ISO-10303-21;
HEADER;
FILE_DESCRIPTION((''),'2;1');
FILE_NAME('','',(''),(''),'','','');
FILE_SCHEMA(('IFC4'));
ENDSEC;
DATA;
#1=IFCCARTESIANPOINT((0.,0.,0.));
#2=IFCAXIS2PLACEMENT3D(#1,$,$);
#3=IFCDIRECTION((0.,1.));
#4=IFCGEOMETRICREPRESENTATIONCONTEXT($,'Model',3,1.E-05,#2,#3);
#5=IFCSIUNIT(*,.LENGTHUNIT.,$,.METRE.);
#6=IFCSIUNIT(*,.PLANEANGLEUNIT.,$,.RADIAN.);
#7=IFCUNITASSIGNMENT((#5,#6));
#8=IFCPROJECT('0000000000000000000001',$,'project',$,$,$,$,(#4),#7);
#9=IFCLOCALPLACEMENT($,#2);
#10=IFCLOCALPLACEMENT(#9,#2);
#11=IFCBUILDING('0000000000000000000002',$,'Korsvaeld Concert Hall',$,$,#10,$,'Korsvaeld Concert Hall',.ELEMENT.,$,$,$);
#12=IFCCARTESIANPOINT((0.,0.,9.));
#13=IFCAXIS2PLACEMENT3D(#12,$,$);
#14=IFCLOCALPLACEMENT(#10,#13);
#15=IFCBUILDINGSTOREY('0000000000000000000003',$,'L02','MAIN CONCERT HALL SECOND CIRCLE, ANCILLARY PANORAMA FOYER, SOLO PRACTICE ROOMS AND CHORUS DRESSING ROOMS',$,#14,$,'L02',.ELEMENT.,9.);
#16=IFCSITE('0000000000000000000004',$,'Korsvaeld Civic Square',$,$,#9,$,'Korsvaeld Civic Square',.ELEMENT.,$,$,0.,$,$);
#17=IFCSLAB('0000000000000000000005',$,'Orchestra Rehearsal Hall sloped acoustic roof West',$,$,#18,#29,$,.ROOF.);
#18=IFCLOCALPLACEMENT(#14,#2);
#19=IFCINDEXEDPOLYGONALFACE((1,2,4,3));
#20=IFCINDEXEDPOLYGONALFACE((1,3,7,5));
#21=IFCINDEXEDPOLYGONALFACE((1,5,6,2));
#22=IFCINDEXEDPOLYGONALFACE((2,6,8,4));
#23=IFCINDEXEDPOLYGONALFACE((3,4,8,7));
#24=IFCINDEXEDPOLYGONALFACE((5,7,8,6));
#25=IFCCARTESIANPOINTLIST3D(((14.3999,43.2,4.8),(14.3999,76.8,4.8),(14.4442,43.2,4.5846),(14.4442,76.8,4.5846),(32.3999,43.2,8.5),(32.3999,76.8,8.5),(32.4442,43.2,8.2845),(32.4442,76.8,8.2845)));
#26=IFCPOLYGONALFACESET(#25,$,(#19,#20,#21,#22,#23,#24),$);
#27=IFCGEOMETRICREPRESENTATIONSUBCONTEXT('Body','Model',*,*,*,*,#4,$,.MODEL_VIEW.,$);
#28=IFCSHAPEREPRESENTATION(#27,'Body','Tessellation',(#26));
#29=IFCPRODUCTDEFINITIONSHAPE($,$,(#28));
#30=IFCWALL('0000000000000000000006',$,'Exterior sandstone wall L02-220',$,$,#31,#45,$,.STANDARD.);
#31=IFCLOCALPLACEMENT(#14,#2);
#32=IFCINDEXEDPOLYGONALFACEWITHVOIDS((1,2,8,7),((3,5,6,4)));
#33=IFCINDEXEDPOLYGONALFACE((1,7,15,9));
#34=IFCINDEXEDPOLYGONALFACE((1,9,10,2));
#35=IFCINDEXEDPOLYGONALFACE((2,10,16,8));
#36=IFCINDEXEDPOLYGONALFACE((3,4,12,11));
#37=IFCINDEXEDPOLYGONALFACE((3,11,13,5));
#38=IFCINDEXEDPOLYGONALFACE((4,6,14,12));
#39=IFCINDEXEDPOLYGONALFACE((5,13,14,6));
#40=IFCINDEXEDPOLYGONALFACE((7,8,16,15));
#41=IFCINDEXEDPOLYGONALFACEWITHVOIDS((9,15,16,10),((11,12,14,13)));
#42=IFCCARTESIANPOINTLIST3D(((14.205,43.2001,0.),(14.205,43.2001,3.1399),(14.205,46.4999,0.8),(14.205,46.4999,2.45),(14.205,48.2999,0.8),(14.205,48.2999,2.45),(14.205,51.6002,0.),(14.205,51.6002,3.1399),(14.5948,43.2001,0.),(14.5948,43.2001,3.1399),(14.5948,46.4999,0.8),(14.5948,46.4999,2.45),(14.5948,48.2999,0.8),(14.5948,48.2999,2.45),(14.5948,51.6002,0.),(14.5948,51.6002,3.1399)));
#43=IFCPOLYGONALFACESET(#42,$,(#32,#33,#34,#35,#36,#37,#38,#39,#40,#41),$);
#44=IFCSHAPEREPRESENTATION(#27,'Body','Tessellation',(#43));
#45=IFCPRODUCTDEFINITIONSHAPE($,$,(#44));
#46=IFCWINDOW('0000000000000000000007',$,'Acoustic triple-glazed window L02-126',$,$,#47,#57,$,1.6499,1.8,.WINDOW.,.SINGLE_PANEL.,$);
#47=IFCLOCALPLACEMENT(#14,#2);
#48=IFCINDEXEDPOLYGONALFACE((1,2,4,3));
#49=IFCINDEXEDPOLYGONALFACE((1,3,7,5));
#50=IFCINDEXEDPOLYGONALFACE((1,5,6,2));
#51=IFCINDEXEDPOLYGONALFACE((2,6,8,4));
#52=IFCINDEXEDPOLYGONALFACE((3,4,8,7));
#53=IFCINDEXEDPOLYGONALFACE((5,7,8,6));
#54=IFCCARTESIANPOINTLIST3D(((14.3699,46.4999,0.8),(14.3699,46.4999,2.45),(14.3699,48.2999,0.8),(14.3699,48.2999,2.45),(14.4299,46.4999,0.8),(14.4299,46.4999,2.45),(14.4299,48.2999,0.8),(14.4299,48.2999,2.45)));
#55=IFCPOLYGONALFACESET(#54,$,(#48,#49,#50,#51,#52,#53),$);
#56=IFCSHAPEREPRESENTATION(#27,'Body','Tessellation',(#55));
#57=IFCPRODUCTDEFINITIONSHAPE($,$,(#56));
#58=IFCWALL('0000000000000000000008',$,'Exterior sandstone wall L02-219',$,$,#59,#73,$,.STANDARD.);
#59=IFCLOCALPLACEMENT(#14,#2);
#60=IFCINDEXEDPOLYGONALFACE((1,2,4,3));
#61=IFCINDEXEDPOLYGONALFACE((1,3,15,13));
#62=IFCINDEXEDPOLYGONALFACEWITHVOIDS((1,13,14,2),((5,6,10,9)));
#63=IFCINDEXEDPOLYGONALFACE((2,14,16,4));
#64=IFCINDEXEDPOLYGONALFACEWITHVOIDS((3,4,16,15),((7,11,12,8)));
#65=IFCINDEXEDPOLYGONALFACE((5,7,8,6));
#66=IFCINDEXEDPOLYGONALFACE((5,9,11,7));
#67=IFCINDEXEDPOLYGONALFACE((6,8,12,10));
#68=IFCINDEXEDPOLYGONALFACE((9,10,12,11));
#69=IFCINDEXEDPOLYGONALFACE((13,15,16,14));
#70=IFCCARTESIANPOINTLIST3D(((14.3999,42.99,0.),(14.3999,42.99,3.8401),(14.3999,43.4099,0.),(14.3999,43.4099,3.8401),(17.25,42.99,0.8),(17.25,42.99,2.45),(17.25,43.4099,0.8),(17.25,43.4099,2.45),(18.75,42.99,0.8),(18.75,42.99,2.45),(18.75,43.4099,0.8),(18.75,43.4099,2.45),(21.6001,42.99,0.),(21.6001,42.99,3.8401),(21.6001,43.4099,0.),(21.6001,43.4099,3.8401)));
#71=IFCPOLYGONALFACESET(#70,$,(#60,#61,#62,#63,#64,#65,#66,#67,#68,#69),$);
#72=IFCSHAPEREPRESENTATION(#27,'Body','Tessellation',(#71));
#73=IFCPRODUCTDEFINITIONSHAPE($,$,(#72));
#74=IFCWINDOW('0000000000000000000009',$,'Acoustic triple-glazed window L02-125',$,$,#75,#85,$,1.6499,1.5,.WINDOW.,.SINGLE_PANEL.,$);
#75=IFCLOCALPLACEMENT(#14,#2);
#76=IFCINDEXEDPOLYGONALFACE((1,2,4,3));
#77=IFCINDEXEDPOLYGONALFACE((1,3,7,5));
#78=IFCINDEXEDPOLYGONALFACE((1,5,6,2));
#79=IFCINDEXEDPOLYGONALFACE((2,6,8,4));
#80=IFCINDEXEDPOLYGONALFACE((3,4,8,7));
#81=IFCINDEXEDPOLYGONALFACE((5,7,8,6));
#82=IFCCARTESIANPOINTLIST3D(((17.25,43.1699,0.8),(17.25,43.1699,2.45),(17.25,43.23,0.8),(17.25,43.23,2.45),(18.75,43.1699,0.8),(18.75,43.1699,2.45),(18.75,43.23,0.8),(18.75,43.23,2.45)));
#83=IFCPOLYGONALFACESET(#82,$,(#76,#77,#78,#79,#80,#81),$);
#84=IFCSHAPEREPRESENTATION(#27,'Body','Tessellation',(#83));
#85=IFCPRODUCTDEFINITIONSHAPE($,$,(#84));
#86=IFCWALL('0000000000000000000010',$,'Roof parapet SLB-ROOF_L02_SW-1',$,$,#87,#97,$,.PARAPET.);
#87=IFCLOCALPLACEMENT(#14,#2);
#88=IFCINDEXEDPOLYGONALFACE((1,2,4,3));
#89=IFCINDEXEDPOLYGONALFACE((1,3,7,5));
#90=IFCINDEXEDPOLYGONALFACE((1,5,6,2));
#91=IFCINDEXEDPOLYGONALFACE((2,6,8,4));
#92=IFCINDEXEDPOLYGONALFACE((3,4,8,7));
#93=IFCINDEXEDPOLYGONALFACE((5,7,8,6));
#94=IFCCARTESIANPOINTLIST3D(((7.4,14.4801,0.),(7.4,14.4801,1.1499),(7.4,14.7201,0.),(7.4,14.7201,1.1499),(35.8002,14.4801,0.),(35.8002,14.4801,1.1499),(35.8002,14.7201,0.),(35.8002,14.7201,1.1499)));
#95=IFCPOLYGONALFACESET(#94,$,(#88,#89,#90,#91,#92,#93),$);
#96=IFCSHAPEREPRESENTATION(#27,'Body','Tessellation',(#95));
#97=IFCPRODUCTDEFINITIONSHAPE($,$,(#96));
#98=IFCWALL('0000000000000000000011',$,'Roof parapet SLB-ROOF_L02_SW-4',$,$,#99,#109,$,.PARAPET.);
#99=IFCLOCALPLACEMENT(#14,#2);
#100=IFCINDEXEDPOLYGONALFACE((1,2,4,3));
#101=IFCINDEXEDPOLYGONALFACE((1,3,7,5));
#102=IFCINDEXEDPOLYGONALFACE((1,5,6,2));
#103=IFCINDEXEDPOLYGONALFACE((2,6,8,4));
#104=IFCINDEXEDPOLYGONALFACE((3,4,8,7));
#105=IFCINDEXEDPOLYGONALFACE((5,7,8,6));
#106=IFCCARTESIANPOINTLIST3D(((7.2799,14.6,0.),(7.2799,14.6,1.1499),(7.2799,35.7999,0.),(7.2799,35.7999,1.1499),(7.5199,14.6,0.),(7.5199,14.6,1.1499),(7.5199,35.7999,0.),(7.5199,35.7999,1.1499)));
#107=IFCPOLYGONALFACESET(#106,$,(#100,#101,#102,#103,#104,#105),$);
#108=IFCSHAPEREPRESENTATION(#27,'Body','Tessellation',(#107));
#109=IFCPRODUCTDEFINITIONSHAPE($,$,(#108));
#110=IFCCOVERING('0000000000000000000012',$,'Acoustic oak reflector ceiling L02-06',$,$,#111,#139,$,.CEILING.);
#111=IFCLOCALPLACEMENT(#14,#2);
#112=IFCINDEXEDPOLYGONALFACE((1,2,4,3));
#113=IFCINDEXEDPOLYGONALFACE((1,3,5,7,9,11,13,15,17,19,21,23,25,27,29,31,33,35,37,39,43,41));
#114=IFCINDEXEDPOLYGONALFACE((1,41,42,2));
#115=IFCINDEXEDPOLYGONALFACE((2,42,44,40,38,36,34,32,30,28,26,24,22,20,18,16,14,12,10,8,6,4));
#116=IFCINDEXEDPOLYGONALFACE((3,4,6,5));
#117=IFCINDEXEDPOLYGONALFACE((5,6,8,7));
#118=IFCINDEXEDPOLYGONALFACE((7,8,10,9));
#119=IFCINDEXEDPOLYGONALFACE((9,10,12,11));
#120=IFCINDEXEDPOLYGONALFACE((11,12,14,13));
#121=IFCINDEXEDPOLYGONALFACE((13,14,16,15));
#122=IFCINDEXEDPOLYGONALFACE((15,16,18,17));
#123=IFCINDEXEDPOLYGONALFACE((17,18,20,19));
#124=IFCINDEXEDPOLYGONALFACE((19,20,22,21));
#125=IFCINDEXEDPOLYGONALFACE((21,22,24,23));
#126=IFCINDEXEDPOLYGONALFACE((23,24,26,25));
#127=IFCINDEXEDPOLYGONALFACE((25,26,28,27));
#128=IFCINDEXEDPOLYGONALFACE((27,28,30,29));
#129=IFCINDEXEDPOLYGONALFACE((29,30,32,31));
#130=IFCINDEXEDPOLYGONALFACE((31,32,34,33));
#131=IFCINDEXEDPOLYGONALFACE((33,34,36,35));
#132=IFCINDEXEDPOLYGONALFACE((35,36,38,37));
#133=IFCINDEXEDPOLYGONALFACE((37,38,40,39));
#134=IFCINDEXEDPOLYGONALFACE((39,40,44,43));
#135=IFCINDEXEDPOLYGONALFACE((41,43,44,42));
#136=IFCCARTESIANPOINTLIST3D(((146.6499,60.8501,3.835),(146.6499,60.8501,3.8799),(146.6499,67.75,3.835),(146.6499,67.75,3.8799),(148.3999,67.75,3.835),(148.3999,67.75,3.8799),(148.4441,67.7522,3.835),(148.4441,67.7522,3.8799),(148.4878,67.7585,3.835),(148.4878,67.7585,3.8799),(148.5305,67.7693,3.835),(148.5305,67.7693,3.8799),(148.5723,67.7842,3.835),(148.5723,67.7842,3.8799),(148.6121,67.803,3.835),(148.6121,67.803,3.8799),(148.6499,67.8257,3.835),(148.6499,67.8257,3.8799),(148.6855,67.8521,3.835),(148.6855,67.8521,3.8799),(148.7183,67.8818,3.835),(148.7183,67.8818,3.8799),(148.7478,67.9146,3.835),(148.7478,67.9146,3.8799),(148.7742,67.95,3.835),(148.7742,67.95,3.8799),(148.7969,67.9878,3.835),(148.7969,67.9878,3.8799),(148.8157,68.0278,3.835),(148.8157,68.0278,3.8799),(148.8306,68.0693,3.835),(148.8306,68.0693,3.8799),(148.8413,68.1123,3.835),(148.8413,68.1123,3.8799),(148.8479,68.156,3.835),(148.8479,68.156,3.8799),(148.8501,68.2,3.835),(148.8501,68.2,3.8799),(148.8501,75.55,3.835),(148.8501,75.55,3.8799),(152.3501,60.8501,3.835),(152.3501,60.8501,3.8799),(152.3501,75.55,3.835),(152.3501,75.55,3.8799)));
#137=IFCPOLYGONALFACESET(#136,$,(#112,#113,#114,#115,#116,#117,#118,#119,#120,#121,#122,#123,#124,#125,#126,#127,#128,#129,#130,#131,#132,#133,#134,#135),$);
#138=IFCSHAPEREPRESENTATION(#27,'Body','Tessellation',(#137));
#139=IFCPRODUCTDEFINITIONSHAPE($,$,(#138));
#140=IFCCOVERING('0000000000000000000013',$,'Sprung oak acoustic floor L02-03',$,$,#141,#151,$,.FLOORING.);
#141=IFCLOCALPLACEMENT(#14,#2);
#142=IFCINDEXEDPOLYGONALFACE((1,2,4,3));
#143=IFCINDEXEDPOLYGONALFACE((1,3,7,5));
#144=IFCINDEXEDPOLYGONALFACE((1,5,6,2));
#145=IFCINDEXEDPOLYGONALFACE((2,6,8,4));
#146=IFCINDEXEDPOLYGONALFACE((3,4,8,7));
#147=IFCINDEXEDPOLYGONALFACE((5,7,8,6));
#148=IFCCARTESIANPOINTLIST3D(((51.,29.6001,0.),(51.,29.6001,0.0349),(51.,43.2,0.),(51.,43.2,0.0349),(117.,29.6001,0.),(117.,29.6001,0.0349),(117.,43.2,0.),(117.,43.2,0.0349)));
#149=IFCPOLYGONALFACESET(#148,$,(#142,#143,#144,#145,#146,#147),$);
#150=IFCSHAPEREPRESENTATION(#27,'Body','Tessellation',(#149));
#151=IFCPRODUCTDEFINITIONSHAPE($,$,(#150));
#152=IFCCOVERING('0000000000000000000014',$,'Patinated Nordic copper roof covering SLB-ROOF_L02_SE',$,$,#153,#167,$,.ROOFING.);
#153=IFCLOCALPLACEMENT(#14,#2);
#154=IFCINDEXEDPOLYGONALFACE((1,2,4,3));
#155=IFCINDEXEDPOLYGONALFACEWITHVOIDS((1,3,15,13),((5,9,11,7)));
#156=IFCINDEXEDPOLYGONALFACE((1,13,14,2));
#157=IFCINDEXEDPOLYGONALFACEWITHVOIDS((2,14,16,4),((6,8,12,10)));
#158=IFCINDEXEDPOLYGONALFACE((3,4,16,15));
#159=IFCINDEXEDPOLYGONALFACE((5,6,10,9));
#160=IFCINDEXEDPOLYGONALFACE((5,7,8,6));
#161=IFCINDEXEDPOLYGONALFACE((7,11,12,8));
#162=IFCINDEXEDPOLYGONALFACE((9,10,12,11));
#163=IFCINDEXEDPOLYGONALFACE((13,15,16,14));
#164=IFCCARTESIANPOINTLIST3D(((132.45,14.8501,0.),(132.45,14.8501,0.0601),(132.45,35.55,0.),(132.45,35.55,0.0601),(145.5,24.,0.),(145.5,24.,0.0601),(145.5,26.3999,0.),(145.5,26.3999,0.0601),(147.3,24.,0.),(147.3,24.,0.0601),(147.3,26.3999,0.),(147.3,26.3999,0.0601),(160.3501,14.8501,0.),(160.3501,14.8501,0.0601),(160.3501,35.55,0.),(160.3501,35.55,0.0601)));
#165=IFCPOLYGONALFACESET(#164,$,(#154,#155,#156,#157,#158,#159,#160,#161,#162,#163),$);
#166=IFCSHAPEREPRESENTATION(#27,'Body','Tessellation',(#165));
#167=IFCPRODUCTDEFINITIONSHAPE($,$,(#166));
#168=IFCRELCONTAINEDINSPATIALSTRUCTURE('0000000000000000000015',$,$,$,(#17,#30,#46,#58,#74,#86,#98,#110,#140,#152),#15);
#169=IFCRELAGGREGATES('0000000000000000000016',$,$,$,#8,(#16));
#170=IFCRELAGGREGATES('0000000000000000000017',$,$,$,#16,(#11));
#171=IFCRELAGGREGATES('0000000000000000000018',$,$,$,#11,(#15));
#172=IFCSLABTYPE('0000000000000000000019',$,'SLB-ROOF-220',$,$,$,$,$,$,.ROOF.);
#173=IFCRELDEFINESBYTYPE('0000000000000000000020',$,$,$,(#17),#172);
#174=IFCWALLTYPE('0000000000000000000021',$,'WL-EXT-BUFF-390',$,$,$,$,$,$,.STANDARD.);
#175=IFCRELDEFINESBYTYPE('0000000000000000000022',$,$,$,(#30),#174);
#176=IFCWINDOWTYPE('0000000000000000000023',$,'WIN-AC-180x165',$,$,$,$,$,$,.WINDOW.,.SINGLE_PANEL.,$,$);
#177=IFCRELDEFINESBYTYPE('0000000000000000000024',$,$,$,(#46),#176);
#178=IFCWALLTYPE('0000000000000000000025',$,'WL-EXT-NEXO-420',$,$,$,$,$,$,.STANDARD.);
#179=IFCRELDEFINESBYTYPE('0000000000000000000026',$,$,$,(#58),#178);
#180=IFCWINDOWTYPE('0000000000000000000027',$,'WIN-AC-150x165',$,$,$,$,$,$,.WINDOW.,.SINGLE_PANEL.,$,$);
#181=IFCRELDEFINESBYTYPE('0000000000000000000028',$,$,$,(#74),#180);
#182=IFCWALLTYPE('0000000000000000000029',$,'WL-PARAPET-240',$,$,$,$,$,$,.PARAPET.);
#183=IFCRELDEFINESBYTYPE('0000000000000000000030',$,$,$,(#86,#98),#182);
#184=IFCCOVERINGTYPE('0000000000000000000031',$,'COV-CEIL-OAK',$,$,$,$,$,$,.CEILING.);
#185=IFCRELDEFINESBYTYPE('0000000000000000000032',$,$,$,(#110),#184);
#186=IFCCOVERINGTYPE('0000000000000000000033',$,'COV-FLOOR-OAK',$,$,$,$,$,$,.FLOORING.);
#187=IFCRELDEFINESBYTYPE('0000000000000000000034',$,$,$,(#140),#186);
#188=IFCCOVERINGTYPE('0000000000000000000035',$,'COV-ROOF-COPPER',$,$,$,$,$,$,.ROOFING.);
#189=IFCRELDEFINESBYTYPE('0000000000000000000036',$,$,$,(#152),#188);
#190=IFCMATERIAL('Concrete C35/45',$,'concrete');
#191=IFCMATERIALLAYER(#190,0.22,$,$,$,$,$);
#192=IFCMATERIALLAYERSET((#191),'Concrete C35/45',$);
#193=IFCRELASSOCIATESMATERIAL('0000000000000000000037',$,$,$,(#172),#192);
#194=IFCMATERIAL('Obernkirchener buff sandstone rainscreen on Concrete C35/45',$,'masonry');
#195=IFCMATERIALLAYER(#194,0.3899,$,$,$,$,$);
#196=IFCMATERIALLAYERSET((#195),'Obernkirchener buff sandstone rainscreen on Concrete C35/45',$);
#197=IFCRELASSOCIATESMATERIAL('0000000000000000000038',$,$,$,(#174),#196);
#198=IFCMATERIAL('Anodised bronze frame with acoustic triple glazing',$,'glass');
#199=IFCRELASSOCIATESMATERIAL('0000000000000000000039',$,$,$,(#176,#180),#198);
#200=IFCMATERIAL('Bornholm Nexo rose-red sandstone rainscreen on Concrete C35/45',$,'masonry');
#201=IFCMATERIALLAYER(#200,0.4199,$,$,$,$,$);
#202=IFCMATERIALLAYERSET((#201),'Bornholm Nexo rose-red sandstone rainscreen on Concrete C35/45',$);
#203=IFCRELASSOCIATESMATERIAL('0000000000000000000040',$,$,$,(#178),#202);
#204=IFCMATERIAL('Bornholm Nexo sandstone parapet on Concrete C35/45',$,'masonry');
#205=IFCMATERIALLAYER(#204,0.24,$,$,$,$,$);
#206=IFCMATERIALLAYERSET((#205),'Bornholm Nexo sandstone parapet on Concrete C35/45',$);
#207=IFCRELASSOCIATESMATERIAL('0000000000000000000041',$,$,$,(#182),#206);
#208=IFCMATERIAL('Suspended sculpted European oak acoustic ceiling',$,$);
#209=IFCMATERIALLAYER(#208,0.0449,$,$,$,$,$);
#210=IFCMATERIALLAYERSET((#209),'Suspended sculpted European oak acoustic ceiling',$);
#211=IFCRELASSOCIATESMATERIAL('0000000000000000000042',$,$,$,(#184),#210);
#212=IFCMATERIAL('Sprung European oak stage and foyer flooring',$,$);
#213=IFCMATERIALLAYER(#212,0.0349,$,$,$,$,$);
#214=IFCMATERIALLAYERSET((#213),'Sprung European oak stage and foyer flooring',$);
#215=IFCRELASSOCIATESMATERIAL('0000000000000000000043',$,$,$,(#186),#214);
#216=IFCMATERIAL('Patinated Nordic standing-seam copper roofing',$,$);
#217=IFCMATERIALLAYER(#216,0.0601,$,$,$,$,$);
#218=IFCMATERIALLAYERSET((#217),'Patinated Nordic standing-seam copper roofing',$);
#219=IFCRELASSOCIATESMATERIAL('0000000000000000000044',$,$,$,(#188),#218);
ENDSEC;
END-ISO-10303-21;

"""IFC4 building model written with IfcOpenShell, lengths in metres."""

from ifc_helpers import new_model, si_unit, direction, frame, frame_2d, origin, place, context, subcontext, project, spatial, polyline, rectangle, outline, extrude, material, layer, layer_set, type_object, element, fill, save


model = new_model("IFC4")

# Units and contexts
model_context = context("Model", 3, precision=1e-05, world=origin(), true_north=direction((0.0, 1.0)))
body_context = subcontext(model_context, "Body", "Model", "MODEL_VIEW")
ifc_project = project(units=[si_unit("LENGTHUNIT", "METRE"), si_unit("PLANEANGLEUNIT", "RADIAN")], contexts=[model_context])

# Site, building, storey
site_placement = place(None, origin())
site = spatial("IfcSite", under=ifc_project, at=site_placement, Name="Korsvaeld Civic Square", LongName="Korsvaeld Civic Square", CompositionType="ELEMENT", RefElevation=0.0)
building_placement = place(site_placement, origin())
building = spatial("IfcBuilding", under=site, at=building_placement, Name="Korsvaeld Concert Hall", LongName="Korsvaeld Concert Hall", CompositionType="ELEMENT")
storey_placement = place(building_placement, frame((0.0, 0.0, 9.0)))
storey = spatial("IfcBuildingStorey", under=building, at=storey_placement, Name="L02", Description="MAIN CONCERT HALL SECOND CIRCLE, ANCILLARY PANORAMA FOYER, SOLO PRACTICE ROOMS AND CHORUS DRESSING ROOMS", LongName="L02", CompositionType="ELEMENT", Elevation=9.0)

# Shared definitions
ifc_material_1 = material(Name="Concrete C35/45", Category="concrete")

# Slab
ifc_layer_1 = layer(ifc_material_1, 0.22)
ifc_layer_set_1 = layer_set([ifc_layer_1], Name="Concrete C35/45")
slab_type_1 = type_object("IfcSlabType", Name="SLB-ROOF-220", PredefinedType="ROOF", material=ifc_layer_set_1)
slab_1_placement = place(storey_placement, frame((14.3999, 43.2, 4.8), z_axis=(-0.201343, 0.0, 0.979521), x_axis=(0.979521, 0.0, 0.201343)))
element("IfcSlab", 1, at=slab_1_placement, inside=storey, type_object=slab_type_1, Name="Orchestra Rehearsal Hall sloped acoustic roof West", PredefinedType="ROOF", context=body_context, shape_type="SweptSolid", body=[
    extrude(outline(polyline([(0.0, 0.0), (18.3763, 0.0), (18.3763, 33.6001), (0.0, 33.6001), (0.0, 0.0)])), origin(), (0.0, 0.0, -1.0), 0.22),
])

# Walls, openings, windows
ifc_material_2 = material(Name="Obernkirchener buff sandstone rainscreen on Concrete C35/45", Category="masonry")
ifc_layer_2 = layer(ifc_material_2, 0.3899)
ifc_layer_set_2 = layer_set([ifc_layer_2], Name="Obernkirchener buff sandstone rainscreen on Concrete C35/45")
wall_type_1 = type_object("IfcWallType", Name="WL-EXT-BUFF-390", PredefinedType="STANDARD", material=ifc_layer_set_2)
wall_1_placement = place(storey_placement, frame((14.3999, 43.2, 0.0), z_axis=(0.0, 0.0, 1.0), x_axis=(0.0, 1.0, 0.0)))
wall_1 = element("IfcWall", 2, at=wall_1_placement, inside=storey, type_object=wall_type_1, Name="Exterior sandstone wall L02-220", PredefinedType="STANDARD", context=body_context, shape_type="SweptSolid", body=[
    extrude(rectangle(XDim=8.4001, YDim=0.3899, at=frame_2d((4.2002, 0.0))), origin(), (0.0, 0.0, 1.0), 3.1399),
])
opening_1_placement = place(wall_1_placement, frame((3.3, 0.0, 0.8)))
opening_1 = element("IfcOpeningElement", 3, at=opening_1_placement, cuts=wall_1, PredefinedType="OPENING", context=body_context, shape_type="SweptSolid", body=[
    extrude(rectangle(XDim=1.8, YDim=1.6499, at=frame_2d((0.8999, 0.825))), frame((0.0, 0.2051, 0.0), z_axis=(0.0, -1.0, 0.0), x_axis=(1.0, 0.0, 0.0)), (0.0, 0.0, 1.0), 0.4099),
])
ifc_material_3 = material(Name="Anodised bronze frame with acoustic triple glazing", Category="glass")
window_type_1 = type_object("IfcWindowType", Name="WIN-AC-180x165", PartitioningType="SINGLE_PANEL", PredefinedType="WINDOW", material=ifc_material_3)
window_1_placement = place(opening_1_placement, origin())
window_1 = element("IfcWindow", 4, at=window_1_placement, inside=storey, type_object=window_type_1, Name="Acoustic triple-glazed window L02-126", OverallHeight=1.6499, OverallWidth=1.8, PartitioningType="SINGLE_PANEL", PredefinedType="WINDOW", context=body_context, shape_type="SweptSolid", body=[
    extrude(rectangle(XDim=1.8, YDim=1.6499, at=frame_2d((0.8999, 0.825))), frame((0.0, 0.03, 0.0), z_axis=(0.0, -1.0, 0.0), x_axis=(1.0, 0.0, 0.0)), (0.0, 0.0, 1.0), 0.0601),
])
fill(opening_1, window_1)
ifc_material_4 = material(Name="Bornholm Nexo rose-red sandstone rainscreen on Concrete C35/45", Category="masonry")
ifc_layer_3 = layer(ifc_material_4, 0.4199)
ifc_layer_set_3 = layer_set([ifc_layer_3], Name="Bornholm Nexo rose-red sandstone rainscreen on Concrete C35/45")
wall_type_2 = type_object("IfcWallType", Name="WL-EXT-NEXO-420", PredefinedType="STANDARD", material=ifc_layer_set_3)
wall_2_placement = place(storey_placement, frame((21.6001, 43.2, 0.0), z_axis=(0.0, 0.0, 1.0), x_axis=(-1.0, 0.0, 0.0)))
wall_2 = element("IfcWall", 5, at=wall_2_placement, inside=storey, type_object=wall_type_2, Name="Exterior sandstone wall L02-219", PredefinedType="STANDARD", context=body_context, shape_type="SweptSolid", body=[
    extrude(rectangle(XDim=7.2002, YDim=0.4199, at=frame_2d((3.6001, 0.0))), origin(), (0.0, 0.0, 1.0), 3.8401),
])
opening_2_placement = place(wall_2_placement, frame((2.8501, 0.0, 0.8)))
opening_2 = element("IfcOpeningElement", 6, at=opening_2_placement, cuts=wall_2, PredefinedType="OPENING", context=body_context, shape_type="SweptSolid", body=[
    extrude(rectangle(XDim=1.5, YDim=1.6499, at=frame_2d((0.75, 0.825))), frame((0.0, 0.22, 0.0), z_axis=(0.0, -1.0, 0.0), x_axis=(1.0, 0.0, 0.0)), (0.0, 0.0, 1.0), 0.4399),
])
window_type_2 = type_object("IfcWindowType", Name="WIN-AC-150x165", PartitioningType="SINGLE_PANEL", PredefinedType="WINDOW", material=ifc_material_3)
window_2_placement = place(opening_2_placement, origin())
window_2 = element("IfcWindow", 7, at=window_2_placement, inside=storey, type_object=window_type_2, Name="Acoustic triple-glazed window L02-125", OverallHeight=1.6499, OverallWidth=1.5, PartitioningType="SINGLE_PANEL", PredefinedType="WINDOW", context=body_context, shape_type="SweptSolid", body=[
    extrude(rectangle(XDim=1.5, YDim=1.6499, at=frame_2d((0.75, 0.825))), frame((0.0, 0.03, 0.0), z_axis=(0.0, -1.0, 0.0), x_axis=(1.0, 0.0, 0.0)), (0.0, 0.0, 1.0), 0.0601),
])
fill(opening_2, window_2)

# Walls
ifc_material_5 = material(Name="Bornholm Nexo sandstone parapet on Concrete C35/45", Category="masonry")
ifc_layer_4 = layer(ifc_material_5, 0.24)
ifc_layer_set_4 = layer_set([ifc_layer_4], Name="Bornholm Nexo sandstone parapet on Concrete C35/45")
wall_type_3 = type_object("IfcWallType", Name="WL-PARAPET-240", PredefinedType="PARAPET", material=ifc_layer_set_4)
wall_3_placement = place(storey_placement, frame((7.3999, 14.6001, 0.0), z_axis=(0.0, 0.0, 1.0), x_axis=(1.0, 0.0, 0.0)))
element("IfcWall", 8, at=wall_3_placement, inside=storey, type_object=wall_type_3, Name="Roof parapet SLB-ROOF_L02_SW-1", PredefinedType="PARAPET", context=body_context, shape_type="SweptSolid", body=[
    extrude(rectangle(XDim=28.4001, YDim=0.24, at=frame_2d((14.2002, 0.0))), origin(), (0.0, 0.0, 1.0), 1.1499),
])
wall_4_placement = place(storey_placement, frame((7.3999, 35.8, 0.0), z_axis=(0.0, 0.0, 1.0), x_axis=(0.0, -1.0, 0.0)))
element("IfcWall", 9, at=wall_4_placement, inside=storey, type_object=wall_type_3, Name="Roof parapet SLB-ROOF_L02_SW-4", PredefinedType="PARAPET", context=body_context, shape_type="SweptSolid", body=[
    extrude(rectangle(XDim=21.2, YDim=0.24, at=frame_2d((10.6001, 0.0))), origin(), (0.0, 0.0, 1.0), 1.1499),
])

# Coverings
ifc_material_6 = material(Name="Suspended sculpted European oak acoustic ceiling")
ifc_layer_5 = layer(ifc_material_6, 0.0449)
ifc_layer_set_5 = layer_set([ifc_layer_5], Name="Suspended sculpted European oak acoustic ceiling")
covering_type_1 = type_object("IfcCoveringType", Name="COV-CEIL-OAK", PredefinedType="CEILING", material=ifc_layer_set_5)
covering_1_placement = place(storey_placement, frame((0.0, 0.0, 3.835)))
element("IfcCovering", 10, at=covering_1_placement, inside=storey, type_object=covering_type_1, Name="Acoustic oak reflector ceiling L02-06", PredefinedType="CEILING", context=body_context, shape_type="SweptSolid", body=[
    extrude(outline(polyline([(152.3501, 75.55), (152.3501, 60.8501), (146.6499, 60.8501), (146.6499, 67.75), (148.3999, 67.75), (148.4441, 67.7522), (148.4878, 67.7585), (148.5305, 67.7693), (148.5723, 67.7842), (148.6121, 67.803), (148.6499, 67.8257), (148.6855, 67.8521), (148.7183, 67.8818), (148.7478, 67.9146), (148.7742, 67.95), (148.7969, 67.9878), (148.8157, 68.0278), (148.8306, 68.0693), (148.8413, 68.1123), (148.8479, 68.156), (148.8501, 68.2), (148.8501, 75.55), (152.3501, 75.55)])), origin(), (0.0, 0.0, 1.0), 0.0449),
])
ifc_material_7 = material(Name="Sprung European oak stage and foyer flooring")
ifc_layer_6 = layer(ifc_material_7, 0.0349)
ifc_layer_set_6 = layer_set([ifc_layer_6], Name="Sprung European oak stage and foyer flooring")
covering_type_2 = type_object("IfcCoveringType", Name="COV-FLOOR-OAK", PredefinedType="FLOORING", material=ifc_layer_set_6)
covering_2_placement = place(storey_placement, origin())
element("IfcCovering", 11, at=covering_2_placement, inside=storey, type_object=covering_type_2, Name="Sprung oak acoustic floor L02-03", PredefinedType="FLOORING", context=body_context, shape_type="SweptSolid", body=[
    extrude(outline(polyline([(51.0, 29.6001), (51.0, 43.2), (117.0, 43.2), (117.0, 29.6001), (51.0, 29.6001)])), origin(), (0.0, 0.0, 1.0), 0.0349),
])
ifc_material_8 = material(Name="Patinated Nordic standing-seam copper roofing")
ifc_layer_7 = layer(ifc_material_8, 0.0601)
ifc_layer_set_7 = layer_set([ifc_layer_7], Name="Patinated Nordic standing-seam copper roofing")
covering_type_3 = type_object("IfcCoveringType", Name="COV-ROOF-COPPER", PredefinedType="ROOFING", material=ifc_layer_set_7)
covering_3_placement = place(storey_placement, origin())
element("IfcCovering", 12, at=covering_3_placement, inside=storey, type_object=covering_type_3, Name="Patinated Nordic copper roof covering SLB-ROOF_L02_SE", PredefinedType="ROOFING", context=body_context, shape_type="SweptSolid", body=[
    extrude(outline(polyline([(132.45, 14.8501), (132.45, 35.55), (160.3501, 35.55), (160.3501, 14.8501), (132.45, 14.8501)]), holes=[polyline([(145.5, 24.0), (147.3, 24.0), (147.3, 26.3999), (145.5, 26.3999), (145.5, 24.0)])]), origin(), (0.0, 0.0, 1.0), 0.0601),
])

save(model, "model.ifc")
